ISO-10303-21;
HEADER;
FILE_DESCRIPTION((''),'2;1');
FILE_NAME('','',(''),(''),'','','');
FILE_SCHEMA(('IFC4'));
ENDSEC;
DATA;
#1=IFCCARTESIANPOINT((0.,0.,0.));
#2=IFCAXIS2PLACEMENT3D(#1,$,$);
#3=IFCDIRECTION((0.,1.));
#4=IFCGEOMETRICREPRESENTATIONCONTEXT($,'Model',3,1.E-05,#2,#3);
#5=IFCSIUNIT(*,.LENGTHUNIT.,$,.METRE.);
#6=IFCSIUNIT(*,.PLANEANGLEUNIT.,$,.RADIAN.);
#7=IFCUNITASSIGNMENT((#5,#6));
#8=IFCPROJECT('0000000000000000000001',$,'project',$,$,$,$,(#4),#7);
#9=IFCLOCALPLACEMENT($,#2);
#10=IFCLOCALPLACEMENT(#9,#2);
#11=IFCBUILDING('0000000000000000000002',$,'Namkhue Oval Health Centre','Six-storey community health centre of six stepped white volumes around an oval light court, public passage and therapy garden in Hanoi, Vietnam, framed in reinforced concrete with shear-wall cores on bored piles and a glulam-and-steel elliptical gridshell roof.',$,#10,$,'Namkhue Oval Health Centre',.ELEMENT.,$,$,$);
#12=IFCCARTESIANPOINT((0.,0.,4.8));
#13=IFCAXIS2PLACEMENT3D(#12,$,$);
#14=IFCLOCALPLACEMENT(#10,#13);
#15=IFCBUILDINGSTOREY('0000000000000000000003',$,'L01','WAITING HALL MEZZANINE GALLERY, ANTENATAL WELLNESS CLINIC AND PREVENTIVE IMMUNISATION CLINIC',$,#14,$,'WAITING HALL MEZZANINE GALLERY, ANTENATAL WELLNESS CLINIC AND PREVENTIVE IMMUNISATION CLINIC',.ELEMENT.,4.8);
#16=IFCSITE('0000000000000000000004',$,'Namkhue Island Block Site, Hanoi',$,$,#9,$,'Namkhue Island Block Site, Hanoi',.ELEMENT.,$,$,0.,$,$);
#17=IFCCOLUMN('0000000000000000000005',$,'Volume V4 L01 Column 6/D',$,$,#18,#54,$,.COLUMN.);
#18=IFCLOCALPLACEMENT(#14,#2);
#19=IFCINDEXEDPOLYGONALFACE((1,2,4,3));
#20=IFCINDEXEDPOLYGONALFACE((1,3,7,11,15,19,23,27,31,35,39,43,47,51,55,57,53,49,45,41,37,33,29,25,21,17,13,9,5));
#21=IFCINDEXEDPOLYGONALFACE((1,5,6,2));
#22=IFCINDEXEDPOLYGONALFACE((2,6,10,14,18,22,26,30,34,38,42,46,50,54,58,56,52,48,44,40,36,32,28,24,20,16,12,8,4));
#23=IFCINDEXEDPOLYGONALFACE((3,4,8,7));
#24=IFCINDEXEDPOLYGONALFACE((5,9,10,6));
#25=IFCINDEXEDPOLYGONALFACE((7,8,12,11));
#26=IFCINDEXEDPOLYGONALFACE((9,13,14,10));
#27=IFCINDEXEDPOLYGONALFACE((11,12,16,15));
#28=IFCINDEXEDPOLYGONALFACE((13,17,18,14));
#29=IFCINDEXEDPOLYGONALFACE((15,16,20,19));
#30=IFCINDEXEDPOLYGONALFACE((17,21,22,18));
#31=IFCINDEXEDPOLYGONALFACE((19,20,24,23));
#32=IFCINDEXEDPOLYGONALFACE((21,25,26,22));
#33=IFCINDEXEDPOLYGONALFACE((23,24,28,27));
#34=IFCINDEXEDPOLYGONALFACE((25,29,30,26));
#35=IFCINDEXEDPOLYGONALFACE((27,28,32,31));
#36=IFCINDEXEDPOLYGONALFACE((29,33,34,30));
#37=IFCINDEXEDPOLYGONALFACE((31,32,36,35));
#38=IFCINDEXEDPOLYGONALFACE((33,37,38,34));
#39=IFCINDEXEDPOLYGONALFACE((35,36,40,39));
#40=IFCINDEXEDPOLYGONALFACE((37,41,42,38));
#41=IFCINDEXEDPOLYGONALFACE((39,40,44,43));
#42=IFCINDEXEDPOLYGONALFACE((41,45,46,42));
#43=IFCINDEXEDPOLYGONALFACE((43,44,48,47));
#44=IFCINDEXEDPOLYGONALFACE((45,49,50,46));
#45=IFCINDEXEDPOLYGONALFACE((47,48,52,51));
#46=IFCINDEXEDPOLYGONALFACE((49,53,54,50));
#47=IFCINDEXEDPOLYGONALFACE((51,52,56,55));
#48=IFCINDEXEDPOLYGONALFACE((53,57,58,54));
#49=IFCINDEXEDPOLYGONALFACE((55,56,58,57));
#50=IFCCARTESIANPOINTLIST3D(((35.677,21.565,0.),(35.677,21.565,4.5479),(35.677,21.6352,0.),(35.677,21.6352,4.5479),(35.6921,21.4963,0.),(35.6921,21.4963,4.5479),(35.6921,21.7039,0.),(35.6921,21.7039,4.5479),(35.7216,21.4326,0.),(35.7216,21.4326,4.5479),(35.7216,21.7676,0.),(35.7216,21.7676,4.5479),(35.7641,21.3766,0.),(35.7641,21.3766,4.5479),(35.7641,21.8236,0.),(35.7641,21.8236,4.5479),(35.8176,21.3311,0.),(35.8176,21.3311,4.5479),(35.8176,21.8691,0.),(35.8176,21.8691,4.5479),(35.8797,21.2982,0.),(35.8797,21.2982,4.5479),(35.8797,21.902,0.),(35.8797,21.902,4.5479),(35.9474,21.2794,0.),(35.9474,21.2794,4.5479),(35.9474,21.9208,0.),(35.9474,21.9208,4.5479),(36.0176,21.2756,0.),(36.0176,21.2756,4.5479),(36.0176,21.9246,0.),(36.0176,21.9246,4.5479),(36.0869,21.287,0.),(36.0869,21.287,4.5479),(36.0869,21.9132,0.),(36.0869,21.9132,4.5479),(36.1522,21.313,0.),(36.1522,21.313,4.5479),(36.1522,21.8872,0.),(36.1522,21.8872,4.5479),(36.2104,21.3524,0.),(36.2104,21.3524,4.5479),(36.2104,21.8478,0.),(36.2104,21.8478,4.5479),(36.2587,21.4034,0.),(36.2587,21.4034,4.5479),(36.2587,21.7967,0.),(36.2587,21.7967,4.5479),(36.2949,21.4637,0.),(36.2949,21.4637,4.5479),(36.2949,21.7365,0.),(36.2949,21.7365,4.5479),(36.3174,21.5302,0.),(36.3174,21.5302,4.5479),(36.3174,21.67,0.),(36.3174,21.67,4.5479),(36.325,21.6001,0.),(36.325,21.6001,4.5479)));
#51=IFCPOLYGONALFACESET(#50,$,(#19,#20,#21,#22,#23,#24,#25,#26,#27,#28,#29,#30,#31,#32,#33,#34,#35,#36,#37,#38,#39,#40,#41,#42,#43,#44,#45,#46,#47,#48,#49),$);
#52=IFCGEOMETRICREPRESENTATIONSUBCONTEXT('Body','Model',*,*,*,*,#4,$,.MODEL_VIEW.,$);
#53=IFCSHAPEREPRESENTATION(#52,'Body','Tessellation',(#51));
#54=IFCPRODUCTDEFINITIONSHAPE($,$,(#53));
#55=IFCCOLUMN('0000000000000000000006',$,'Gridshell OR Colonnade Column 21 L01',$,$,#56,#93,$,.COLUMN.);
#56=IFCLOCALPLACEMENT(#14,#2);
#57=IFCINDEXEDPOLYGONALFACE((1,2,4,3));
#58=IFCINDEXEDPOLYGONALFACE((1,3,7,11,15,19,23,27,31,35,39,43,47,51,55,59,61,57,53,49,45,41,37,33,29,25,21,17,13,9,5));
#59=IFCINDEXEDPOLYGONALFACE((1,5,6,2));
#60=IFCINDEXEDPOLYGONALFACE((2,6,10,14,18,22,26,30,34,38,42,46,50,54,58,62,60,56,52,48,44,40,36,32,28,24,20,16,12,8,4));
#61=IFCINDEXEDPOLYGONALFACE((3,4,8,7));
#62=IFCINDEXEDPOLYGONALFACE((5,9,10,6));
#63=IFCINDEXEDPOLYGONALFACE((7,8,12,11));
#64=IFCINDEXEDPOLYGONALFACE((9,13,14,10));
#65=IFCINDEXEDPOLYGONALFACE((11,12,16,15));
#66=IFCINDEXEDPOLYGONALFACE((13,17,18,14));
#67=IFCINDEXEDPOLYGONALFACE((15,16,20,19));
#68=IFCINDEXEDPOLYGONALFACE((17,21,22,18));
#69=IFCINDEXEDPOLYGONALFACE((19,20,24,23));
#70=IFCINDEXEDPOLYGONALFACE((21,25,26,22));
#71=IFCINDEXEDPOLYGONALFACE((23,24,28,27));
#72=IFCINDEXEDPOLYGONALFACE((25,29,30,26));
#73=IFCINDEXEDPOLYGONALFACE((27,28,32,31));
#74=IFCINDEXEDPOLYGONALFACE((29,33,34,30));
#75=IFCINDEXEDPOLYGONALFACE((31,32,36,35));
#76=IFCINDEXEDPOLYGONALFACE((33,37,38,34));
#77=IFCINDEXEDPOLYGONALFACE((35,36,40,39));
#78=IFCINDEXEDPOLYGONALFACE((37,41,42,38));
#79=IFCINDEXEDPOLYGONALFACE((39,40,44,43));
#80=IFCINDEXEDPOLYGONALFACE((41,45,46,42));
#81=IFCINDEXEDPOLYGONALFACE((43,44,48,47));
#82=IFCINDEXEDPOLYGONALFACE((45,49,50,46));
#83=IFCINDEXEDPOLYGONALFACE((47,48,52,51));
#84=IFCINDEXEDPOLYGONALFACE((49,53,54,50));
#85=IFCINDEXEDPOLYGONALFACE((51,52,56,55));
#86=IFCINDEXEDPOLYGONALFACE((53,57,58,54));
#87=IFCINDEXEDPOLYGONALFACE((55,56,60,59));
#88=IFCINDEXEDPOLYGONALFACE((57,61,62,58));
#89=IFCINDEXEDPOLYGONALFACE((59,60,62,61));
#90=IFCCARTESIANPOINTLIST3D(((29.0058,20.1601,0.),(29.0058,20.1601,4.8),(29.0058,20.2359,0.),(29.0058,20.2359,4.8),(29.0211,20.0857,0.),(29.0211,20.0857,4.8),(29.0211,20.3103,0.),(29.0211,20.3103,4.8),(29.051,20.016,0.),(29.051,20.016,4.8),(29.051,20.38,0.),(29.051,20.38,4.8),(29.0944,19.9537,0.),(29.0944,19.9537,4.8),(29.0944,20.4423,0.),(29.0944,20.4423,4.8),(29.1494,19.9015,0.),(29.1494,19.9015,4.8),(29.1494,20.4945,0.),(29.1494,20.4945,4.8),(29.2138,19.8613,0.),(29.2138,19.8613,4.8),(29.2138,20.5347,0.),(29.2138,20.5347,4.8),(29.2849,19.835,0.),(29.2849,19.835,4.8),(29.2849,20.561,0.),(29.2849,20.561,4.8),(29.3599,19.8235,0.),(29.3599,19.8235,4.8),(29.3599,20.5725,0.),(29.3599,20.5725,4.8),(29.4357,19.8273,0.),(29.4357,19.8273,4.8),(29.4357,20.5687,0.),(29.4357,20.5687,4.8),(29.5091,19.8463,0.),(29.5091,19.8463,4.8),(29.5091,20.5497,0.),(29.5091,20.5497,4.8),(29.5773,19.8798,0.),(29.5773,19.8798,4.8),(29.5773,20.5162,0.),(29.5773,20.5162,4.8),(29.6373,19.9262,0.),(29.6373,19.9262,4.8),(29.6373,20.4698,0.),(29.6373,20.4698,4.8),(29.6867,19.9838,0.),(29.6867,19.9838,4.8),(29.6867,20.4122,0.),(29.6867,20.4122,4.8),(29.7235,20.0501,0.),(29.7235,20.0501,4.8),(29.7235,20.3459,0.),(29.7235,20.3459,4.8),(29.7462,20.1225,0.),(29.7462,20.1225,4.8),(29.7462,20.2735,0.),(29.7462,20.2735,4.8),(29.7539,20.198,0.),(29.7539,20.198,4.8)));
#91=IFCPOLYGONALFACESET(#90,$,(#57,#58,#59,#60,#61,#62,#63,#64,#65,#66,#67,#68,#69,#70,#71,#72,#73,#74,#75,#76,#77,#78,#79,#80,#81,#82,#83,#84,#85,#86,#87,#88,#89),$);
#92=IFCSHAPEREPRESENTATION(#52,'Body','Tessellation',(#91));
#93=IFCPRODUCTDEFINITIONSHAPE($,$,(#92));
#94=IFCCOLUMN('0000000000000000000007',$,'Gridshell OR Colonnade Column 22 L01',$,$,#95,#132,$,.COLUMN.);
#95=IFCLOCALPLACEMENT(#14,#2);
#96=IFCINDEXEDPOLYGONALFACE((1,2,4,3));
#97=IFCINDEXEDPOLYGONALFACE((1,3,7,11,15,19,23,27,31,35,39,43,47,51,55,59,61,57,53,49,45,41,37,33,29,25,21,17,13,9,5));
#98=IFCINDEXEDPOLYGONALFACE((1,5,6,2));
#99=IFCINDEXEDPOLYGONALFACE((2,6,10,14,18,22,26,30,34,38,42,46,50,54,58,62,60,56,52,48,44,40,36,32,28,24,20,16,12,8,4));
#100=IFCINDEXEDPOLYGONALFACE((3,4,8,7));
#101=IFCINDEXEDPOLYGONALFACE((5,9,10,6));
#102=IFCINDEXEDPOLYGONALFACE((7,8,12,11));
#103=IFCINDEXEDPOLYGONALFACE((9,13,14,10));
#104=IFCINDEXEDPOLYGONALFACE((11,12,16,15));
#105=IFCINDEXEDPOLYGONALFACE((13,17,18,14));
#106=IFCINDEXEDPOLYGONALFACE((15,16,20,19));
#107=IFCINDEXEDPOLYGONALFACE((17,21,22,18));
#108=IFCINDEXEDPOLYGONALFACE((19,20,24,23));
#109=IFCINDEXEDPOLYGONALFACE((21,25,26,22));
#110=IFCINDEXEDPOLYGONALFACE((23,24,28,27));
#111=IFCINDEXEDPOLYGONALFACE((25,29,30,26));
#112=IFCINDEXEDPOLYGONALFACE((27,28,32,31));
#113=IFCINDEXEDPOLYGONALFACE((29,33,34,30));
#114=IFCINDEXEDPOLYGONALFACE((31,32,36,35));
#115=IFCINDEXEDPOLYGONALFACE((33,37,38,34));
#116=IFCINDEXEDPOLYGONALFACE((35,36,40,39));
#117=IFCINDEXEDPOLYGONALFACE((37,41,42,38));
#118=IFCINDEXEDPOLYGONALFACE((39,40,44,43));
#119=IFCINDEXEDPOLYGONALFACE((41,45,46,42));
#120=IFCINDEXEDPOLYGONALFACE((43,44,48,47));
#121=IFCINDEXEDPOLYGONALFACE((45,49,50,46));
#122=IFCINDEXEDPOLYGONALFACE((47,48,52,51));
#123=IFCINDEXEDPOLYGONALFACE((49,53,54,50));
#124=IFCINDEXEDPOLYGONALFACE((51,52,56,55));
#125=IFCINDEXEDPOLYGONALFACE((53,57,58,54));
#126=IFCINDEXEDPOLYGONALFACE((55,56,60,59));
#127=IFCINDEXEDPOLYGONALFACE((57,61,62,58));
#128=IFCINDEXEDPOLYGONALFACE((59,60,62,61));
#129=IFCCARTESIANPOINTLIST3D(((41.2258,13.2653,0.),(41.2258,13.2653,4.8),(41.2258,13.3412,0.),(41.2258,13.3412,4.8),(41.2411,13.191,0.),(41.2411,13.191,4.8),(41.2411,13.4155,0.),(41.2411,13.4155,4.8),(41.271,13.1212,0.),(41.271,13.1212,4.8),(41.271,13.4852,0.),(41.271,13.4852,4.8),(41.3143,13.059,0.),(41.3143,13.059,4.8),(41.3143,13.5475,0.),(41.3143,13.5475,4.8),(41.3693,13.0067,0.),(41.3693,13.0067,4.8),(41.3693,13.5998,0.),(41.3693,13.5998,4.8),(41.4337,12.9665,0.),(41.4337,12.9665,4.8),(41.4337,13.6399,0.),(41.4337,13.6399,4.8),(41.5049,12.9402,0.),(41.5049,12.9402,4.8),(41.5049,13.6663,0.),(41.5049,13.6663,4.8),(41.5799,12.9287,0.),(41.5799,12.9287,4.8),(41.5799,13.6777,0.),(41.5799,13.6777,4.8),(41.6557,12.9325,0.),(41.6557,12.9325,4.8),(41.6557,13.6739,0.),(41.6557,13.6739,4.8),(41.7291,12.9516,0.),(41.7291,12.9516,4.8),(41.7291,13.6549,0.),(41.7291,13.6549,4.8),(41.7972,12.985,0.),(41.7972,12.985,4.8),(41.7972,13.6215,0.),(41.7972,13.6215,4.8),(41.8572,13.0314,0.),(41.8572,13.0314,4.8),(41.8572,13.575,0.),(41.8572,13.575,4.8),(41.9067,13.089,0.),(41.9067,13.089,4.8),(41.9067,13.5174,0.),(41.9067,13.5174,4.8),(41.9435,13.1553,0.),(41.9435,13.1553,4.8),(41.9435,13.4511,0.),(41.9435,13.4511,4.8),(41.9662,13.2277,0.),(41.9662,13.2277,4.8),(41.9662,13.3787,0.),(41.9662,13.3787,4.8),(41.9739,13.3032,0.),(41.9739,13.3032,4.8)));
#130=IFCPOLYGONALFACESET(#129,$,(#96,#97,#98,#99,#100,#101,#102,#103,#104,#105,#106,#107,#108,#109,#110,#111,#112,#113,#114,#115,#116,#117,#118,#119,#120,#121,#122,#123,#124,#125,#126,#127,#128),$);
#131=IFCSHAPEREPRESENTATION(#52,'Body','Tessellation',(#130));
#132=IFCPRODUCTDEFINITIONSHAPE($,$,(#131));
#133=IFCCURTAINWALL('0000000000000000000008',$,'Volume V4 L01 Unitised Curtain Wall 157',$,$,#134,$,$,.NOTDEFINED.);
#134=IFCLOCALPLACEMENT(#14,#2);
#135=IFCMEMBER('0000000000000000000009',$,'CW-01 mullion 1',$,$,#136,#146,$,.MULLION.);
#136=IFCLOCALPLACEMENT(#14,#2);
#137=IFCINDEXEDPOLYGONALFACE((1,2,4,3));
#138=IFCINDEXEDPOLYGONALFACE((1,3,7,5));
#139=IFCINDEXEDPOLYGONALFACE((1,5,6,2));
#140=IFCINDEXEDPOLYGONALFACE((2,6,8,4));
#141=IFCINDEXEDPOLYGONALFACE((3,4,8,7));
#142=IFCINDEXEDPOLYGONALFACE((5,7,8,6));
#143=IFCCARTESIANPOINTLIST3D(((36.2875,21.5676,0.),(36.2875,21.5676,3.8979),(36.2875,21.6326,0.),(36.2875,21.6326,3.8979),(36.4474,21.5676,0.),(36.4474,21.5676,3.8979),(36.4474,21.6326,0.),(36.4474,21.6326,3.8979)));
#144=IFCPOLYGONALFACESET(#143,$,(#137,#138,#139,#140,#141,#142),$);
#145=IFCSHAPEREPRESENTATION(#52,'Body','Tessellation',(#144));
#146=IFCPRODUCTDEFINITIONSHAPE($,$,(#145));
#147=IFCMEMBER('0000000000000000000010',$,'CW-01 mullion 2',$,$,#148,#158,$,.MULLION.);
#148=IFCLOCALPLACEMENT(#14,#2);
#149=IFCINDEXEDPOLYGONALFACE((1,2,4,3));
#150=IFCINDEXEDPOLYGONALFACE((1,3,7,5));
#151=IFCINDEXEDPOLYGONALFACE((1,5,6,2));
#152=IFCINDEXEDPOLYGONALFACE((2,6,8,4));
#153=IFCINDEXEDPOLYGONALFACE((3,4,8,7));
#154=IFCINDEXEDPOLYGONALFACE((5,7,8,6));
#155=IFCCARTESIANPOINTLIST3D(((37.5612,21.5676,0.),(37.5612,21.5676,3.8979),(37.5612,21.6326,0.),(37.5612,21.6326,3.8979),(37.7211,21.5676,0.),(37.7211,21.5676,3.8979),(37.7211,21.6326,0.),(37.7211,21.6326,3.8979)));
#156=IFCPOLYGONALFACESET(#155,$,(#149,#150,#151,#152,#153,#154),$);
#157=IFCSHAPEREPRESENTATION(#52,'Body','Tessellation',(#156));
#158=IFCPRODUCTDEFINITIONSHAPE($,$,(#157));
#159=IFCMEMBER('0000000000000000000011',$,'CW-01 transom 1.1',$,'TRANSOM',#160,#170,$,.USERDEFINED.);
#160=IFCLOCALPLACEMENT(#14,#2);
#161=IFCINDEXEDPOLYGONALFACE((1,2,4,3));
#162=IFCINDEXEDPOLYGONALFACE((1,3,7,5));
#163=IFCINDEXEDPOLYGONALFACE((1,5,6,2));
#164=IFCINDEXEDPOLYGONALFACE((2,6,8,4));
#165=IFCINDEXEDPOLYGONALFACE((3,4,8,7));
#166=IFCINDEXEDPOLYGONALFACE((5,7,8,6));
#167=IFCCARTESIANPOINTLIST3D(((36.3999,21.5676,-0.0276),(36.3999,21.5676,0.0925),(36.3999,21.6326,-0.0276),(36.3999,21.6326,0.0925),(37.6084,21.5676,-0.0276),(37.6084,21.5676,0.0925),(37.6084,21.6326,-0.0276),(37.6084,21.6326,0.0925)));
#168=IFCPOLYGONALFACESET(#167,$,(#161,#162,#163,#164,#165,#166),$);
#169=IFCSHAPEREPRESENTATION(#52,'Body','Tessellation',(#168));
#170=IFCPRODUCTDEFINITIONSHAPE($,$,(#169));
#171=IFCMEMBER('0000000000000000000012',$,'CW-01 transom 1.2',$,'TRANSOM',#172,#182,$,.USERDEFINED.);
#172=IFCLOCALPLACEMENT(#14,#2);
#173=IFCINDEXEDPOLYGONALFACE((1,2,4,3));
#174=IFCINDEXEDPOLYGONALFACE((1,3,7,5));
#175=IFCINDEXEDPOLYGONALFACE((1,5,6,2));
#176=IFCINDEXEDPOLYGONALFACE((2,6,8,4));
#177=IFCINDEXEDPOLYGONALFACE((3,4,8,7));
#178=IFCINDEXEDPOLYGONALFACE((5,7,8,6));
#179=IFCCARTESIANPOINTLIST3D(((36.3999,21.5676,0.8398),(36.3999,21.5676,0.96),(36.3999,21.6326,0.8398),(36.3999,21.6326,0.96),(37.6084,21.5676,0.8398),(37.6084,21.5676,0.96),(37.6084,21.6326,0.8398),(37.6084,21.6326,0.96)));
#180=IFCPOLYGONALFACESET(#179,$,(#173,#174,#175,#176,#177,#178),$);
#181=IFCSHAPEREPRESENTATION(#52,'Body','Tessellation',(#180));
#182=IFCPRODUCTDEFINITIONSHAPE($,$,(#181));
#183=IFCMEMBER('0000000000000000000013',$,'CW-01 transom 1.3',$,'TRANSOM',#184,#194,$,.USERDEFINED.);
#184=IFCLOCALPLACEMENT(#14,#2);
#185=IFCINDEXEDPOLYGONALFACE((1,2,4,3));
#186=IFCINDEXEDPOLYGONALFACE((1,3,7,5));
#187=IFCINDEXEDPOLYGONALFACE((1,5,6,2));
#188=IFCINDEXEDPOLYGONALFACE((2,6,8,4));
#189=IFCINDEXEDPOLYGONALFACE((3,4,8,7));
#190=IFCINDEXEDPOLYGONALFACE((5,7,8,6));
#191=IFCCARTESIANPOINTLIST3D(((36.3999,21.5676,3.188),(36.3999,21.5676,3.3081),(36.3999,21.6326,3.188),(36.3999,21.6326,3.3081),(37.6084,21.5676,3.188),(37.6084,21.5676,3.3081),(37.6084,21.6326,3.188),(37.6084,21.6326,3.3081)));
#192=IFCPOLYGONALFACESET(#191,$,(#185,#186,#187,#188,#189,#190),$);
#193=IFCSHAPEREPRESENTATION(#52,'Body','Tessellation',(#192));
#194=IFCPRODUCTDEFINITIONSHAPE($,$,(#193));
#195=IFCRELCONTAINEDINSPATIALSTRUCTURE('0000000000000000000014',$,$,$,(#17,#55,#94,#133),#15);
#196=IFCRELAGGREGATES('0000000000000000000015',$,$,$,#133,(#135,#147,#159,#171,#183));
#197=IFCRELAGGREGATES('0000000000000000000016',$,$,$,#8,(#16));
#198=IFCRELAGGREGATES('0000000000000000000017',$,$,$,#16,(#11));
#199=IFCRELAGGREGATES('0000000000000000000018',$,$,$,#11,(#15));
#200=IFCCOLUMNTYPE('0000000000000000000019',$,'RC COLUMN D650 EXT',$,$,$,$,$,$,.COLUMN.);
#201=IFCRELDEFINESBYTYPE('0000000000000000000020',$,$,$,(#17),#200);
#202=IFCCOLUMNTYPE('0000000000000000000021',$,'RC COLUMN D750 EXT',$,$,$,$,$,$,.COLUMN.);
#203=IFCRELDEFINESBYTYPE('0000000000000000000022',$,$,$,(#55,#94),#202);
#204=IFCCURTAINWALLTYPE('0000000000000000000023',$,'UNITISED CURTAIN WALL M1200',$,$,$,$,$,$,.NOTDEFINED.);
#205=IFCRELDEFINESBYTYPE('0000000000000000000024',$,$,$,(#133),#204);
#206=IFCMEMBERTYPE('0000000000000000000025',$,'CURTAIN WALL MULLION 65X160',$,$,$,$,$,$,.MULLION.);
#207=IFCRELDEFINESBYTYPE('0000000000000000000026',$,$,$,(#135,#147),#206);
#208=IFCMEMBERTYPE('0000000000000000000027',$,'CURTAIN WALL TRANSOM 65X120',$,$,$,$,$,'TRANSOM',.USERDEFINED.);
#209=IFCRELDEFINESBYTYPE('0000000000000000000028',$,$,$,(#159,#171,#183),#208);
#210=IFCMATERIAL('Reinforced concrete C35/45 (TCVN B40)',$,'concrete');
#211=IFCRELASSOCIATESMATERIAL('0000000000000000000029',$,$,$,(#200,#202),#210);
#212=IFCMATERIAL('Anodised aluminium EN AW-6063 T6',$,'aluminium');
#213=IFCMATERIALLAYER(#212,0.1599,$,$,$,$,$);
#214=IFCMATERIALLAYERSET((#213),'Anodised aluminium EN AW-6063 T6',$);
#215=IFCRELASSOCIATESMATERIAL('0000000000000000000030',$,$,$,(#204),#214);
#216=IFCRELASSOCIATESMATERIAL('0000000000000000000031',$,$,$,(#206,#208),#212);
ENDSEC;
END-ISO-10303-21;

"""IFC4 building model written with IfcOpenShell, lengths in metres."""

from ifc_helpers import new_model, si_unit, direction, frame, origin, origin_2d, place, context, subcontext, project, spatial, rectangle, circle, extrude, material, layer, layer_set, material_profile, profile_set, type_object, element, aggregate, save


model = new_model("IFC4")

# Units and contexts
model_context = context("Model", 3, precision=1e-05, world=origin(), true_north=direction((0.0, 1.0)))
body_context = subcontext(model_context, "Body", "Model", "MODEL_VIEW")
ifc_project = project(units=[si_unit("LENGTHUNIT", "METRE"), si_unit("PLANEANGLEUNIT", "RADIAN")], contexts=[model_context])

# Site, building, storey
site_placement = place(None, origin())
site = spatial("IfcSite", under=ifc_project, at=site_placement, Name="Namkhue Island Block Site, Hanoi", LongName="Namkhue Island Block Site, Hanoi", CompositionType="ELEMENT", RefElevation=0.0)
building_placement = place(site_placement, origin())
building = spatial("IfcBuilding", under=site, at=building_placement, Name="Namkhue Oval Health Centre", Description="Six-storey community health centre of six stepped white volumes around an oval light court, public passage and therapy garden in Hanoi, Vietnam, framed in reinforced concrete with shear-wall cores on bored piles and a glulam-and-steel elliptical gridshell roof.", LongName="Namkhue Oval Health Centre", CompositionType="ELEMENT")
storey_placement = place(building_placement, frame((0.0, 0.0, 4.8)))
storey = spatial("IfcBuildingStorey", under=building, at=storey_placement, Name="L01", Description="WAITING HALL MEZZANINE GALLERY, ANTENATAL WELLNESS CLINIC AND PREVENTIVE IMMUNISATION CLINIC", LongName="WAITING HALL MEZZANINE GALLERY, ANTENATAL WELLNESS CLINIC AND PREVENTIVE IMMUNISATION CLINIC", CompositionType="ELEMENT", Elevation=4.8)

# Columns
ifc_material_1 = material(Name="Reinforced concrete C35/45 (TCVN B40)", Category="concrete")
ifc_material_profile_1 = material_profile(ifc_material_1, circle(Radius=0.325, at=origin_2d()), Name="RC D650")
ifc_profile_set_1 = profile_set([ifc_material_profile_1], Name="Reinforced concrete C35/45 (TCVN B40)")
column_type_1 = type_object("IfcColumnType", Name="RC COLUMN D650 EXT", PredefinedType="COLUMN", material=ifc_profile_set_1)
column_placement = place(storey_placement, frame((36.0, 21.6001, 0.0), z_axis=(0.0, 0.0, 1.0), x_axis=(1.0, 0.0, 0.0)))
element("IfcColumn", 1, at=column_placement, inside=storey, type_object=column_type_1, Name="Volume V4 L01 Column 6/D", PredefinedType="COLUMN", context=body_context, shape_type="SweptSolid", body=[
    extrude(circle(Radius=0.325, at=origin_2d()), origin(), (0.0, 0.0, 1.0), 4.5479),
])
ifc_material_profile_2 = material_profile(ifc_material_1, circle(Radius=0.375, at=origin_2d()), Name="RC D750")
ifc_profile_set_2 = profile_set([ifc_material_profile_2], Name="Reinforced concrete C35/45 (TCVN B40)")
column_type_2 = type_object("IfcColumnType", Name="RC COLUMN D750 EXT", PredefinedType="COLUMN", material=ifc_profile_set_2)
for number, where, z_axis, x_axis, name in (
    (2, (29.3789, 20.198, 0.0), (0.0, 0.0, 1.0), (1.0, 0.0, 0.0), "Gridshell OR Colonnade Column 21 L01"),
    (3, (41.5989, 13.3032, 0.0), (0.0, 0.0, 1.0), (1.0, 0.0, 0.0), "Gridshell OR Colonnade Column 22 L01"),
):
    element("IfcColumn", number, at=place(storey_placement, frame(where, z_axis=z_axis, x_axis=x_axis)), inside=storey, type_object=column_type_2, Name=name, PredefinedType="COLUMN", context=body_context, shape_type="SweptSolid", body=[
        extrude(circle(Radius=0.375, at=origin_2d()), origin(), (0.0, 0.0, 1.0), 4.8),
    ])

# Curtain wall, members
ifc_material_2 = material(Name="Anodised aluminium EN AW-6063 T6", Category="aluminium")
ifc_layer_1 = layer(ifc_material_2, 0.1599)
ifc_layer_set_1 = layer_set([ifc_layer_1], Name="Anodised aluminium EN AW-6063 T6")
curtain_wall_type = type_object("IfcCurtainWallType", Name="UNITISED CURTAIN WALL M1200", PredefinedType="NOTDEFINED", material=ifc_layer_set_1)
curtain_wall_placement = place(storey_placement, origin())
curtain_wall = element("IfcCurtainWall", 4, at=curtain_wall_placement, inside=storey, type_object=curtain_wall_type, Name="Volume V4 L01 Unitised Curtain Wall 157", PredefinedType="NOTDEFINED")
ifc_material_profile_3 = material_profile(ifc_material_2, rectangle(XDim=0.0649, YDim=0.1599, at=origin_2d()), Name="ALU 65x160")
ifc_profile_set_3 = profile_set([ifc_material_profile_3], Name="Anodised aluminium EN AW-6063 T6")
member_type_1 = type_object("IfcMemberType", Name="CURTAIN WALL MULLION 65X160", PredefinedType="MULLION", material=ifc_profile_set_3)
member_1_placement = place(storey_placement, frame((36.3674, 21.6001, 0.0), z_axis=(0.0, 0.0, 1.0), x_axis=(0.0, 1.0, 0.0)))
member_1 = element("IfcMember", 5, at=member_1_placement, type_object=member_type_1, Name="CW-01 mullion 1", PredefinedType="MULLION", context=body_context, shape_type="SweptSolid", body=[
    extrude(rectangle(XDim=0.0649, YDim=0.1599, at=origin_2d()), origin(), (0.0, 0.0, 1.0), 3.8979),
])
member_2_placement = place(storey_placement, frame((37.6411, 21.6001, 0.0), z_axis=(0.0, 0.0, 1.0), x_axis=(0.0, 1.0, 0.0)))
member_2 = element("IfcMember", 6, at=member_2_placement, type_object=member_type_1, Name="CW-01 mullion 2", PredefinedType="MULLION", context=body_context, shape_type="SweptSolid", body=[
    extrude(rectangle(XDim=0.0649, YDim=0.1599, at=origin_2d()), origin(), (0.0, 0.0, 1.0), 3.8979),
])
ifc_material_profile_4 = material_profile(ifc_material_2, rectangle(XDim=0.0649, YDim=0.1201, at=origin_2d()), Name="ALU 65x120")
ifc_profile_set_4 = profile_set([ifc_material_profile_4], Name="Anodised aluminium EN AW-6063 T6")
member_type_2 = type_object("IfcMemberType", Name="CURTAIN WALL TRANSOM 65X120", ElementType="TRANSOM", PredefinedType="USERDEFINED", material=ifc_profile_set_4)
member_3_placement = place(storey_placement, frame((36.3999, 21.6001, 0.0325), z_axis=(1.0, 0.0, 0.0), x_axis=(0.0, 1.0, 0.0)))
member_3 = element("IfcMember", 7, at=member_3_placement, type_object=member_type_2, Name="CW-01 transom 1.1", ObjectType="TRANSOM", PredefinedType="USERDEFINED", context=body_context, shape_type="SweptSolid", body=[
    extrude(rectangle(XDim=0.0649, YDim=0.1201, at=origin_2d()), origin(), (0.0, 0.0, 1.0), 1.2085),
])
member_4_placement = place(storey_placement, frame((36.3999, 21.6001, 0.8999), z_axis=(1.0, 0.0, 0.0), x_axis=(0.0, 1.0, 0.0)))
member_4 = element("IfcMember", 8, at=member_4_placement, type_object=member_type_2, Name="CW-01 transom 1.2", ObjectType="TRANSOM", PredefinedType="USERDEFINED", context=body_context, shape_type="SweptSolid", body=[
    extrude(rectangle(XDim=0.0649, YDim=0.1201, at=origin_2d()), origin(), (0.0, 0.0, 1.0), 1.2085),
])
member_5_placement = place(storey_placement, frame((36.3999, 21.6001, 3.248), z_axis=(1.0, 0.0, 0.0), x_axis=(0.0, 1.0, 0.0)))
member_5 = element("IfcMember", 9, at=member_5_placement, type_object=member_type_2, Name="CW-01 transom 1.3", ObjectType="TRANSOM", PredefinedType="USERDEFINED", context=body_context, shape_type="SweptSolid", body=[
    extrude(rectangle(XDim=0.0649, YDim=0.1201, at=origin_2d()), origin(), (0.0, 0.0, 1.0), 1.2085),
])

aggregate(curtain_wall, [member_1, member_2, member_3, member_4, member_5])

save(model, "model.ifc")
